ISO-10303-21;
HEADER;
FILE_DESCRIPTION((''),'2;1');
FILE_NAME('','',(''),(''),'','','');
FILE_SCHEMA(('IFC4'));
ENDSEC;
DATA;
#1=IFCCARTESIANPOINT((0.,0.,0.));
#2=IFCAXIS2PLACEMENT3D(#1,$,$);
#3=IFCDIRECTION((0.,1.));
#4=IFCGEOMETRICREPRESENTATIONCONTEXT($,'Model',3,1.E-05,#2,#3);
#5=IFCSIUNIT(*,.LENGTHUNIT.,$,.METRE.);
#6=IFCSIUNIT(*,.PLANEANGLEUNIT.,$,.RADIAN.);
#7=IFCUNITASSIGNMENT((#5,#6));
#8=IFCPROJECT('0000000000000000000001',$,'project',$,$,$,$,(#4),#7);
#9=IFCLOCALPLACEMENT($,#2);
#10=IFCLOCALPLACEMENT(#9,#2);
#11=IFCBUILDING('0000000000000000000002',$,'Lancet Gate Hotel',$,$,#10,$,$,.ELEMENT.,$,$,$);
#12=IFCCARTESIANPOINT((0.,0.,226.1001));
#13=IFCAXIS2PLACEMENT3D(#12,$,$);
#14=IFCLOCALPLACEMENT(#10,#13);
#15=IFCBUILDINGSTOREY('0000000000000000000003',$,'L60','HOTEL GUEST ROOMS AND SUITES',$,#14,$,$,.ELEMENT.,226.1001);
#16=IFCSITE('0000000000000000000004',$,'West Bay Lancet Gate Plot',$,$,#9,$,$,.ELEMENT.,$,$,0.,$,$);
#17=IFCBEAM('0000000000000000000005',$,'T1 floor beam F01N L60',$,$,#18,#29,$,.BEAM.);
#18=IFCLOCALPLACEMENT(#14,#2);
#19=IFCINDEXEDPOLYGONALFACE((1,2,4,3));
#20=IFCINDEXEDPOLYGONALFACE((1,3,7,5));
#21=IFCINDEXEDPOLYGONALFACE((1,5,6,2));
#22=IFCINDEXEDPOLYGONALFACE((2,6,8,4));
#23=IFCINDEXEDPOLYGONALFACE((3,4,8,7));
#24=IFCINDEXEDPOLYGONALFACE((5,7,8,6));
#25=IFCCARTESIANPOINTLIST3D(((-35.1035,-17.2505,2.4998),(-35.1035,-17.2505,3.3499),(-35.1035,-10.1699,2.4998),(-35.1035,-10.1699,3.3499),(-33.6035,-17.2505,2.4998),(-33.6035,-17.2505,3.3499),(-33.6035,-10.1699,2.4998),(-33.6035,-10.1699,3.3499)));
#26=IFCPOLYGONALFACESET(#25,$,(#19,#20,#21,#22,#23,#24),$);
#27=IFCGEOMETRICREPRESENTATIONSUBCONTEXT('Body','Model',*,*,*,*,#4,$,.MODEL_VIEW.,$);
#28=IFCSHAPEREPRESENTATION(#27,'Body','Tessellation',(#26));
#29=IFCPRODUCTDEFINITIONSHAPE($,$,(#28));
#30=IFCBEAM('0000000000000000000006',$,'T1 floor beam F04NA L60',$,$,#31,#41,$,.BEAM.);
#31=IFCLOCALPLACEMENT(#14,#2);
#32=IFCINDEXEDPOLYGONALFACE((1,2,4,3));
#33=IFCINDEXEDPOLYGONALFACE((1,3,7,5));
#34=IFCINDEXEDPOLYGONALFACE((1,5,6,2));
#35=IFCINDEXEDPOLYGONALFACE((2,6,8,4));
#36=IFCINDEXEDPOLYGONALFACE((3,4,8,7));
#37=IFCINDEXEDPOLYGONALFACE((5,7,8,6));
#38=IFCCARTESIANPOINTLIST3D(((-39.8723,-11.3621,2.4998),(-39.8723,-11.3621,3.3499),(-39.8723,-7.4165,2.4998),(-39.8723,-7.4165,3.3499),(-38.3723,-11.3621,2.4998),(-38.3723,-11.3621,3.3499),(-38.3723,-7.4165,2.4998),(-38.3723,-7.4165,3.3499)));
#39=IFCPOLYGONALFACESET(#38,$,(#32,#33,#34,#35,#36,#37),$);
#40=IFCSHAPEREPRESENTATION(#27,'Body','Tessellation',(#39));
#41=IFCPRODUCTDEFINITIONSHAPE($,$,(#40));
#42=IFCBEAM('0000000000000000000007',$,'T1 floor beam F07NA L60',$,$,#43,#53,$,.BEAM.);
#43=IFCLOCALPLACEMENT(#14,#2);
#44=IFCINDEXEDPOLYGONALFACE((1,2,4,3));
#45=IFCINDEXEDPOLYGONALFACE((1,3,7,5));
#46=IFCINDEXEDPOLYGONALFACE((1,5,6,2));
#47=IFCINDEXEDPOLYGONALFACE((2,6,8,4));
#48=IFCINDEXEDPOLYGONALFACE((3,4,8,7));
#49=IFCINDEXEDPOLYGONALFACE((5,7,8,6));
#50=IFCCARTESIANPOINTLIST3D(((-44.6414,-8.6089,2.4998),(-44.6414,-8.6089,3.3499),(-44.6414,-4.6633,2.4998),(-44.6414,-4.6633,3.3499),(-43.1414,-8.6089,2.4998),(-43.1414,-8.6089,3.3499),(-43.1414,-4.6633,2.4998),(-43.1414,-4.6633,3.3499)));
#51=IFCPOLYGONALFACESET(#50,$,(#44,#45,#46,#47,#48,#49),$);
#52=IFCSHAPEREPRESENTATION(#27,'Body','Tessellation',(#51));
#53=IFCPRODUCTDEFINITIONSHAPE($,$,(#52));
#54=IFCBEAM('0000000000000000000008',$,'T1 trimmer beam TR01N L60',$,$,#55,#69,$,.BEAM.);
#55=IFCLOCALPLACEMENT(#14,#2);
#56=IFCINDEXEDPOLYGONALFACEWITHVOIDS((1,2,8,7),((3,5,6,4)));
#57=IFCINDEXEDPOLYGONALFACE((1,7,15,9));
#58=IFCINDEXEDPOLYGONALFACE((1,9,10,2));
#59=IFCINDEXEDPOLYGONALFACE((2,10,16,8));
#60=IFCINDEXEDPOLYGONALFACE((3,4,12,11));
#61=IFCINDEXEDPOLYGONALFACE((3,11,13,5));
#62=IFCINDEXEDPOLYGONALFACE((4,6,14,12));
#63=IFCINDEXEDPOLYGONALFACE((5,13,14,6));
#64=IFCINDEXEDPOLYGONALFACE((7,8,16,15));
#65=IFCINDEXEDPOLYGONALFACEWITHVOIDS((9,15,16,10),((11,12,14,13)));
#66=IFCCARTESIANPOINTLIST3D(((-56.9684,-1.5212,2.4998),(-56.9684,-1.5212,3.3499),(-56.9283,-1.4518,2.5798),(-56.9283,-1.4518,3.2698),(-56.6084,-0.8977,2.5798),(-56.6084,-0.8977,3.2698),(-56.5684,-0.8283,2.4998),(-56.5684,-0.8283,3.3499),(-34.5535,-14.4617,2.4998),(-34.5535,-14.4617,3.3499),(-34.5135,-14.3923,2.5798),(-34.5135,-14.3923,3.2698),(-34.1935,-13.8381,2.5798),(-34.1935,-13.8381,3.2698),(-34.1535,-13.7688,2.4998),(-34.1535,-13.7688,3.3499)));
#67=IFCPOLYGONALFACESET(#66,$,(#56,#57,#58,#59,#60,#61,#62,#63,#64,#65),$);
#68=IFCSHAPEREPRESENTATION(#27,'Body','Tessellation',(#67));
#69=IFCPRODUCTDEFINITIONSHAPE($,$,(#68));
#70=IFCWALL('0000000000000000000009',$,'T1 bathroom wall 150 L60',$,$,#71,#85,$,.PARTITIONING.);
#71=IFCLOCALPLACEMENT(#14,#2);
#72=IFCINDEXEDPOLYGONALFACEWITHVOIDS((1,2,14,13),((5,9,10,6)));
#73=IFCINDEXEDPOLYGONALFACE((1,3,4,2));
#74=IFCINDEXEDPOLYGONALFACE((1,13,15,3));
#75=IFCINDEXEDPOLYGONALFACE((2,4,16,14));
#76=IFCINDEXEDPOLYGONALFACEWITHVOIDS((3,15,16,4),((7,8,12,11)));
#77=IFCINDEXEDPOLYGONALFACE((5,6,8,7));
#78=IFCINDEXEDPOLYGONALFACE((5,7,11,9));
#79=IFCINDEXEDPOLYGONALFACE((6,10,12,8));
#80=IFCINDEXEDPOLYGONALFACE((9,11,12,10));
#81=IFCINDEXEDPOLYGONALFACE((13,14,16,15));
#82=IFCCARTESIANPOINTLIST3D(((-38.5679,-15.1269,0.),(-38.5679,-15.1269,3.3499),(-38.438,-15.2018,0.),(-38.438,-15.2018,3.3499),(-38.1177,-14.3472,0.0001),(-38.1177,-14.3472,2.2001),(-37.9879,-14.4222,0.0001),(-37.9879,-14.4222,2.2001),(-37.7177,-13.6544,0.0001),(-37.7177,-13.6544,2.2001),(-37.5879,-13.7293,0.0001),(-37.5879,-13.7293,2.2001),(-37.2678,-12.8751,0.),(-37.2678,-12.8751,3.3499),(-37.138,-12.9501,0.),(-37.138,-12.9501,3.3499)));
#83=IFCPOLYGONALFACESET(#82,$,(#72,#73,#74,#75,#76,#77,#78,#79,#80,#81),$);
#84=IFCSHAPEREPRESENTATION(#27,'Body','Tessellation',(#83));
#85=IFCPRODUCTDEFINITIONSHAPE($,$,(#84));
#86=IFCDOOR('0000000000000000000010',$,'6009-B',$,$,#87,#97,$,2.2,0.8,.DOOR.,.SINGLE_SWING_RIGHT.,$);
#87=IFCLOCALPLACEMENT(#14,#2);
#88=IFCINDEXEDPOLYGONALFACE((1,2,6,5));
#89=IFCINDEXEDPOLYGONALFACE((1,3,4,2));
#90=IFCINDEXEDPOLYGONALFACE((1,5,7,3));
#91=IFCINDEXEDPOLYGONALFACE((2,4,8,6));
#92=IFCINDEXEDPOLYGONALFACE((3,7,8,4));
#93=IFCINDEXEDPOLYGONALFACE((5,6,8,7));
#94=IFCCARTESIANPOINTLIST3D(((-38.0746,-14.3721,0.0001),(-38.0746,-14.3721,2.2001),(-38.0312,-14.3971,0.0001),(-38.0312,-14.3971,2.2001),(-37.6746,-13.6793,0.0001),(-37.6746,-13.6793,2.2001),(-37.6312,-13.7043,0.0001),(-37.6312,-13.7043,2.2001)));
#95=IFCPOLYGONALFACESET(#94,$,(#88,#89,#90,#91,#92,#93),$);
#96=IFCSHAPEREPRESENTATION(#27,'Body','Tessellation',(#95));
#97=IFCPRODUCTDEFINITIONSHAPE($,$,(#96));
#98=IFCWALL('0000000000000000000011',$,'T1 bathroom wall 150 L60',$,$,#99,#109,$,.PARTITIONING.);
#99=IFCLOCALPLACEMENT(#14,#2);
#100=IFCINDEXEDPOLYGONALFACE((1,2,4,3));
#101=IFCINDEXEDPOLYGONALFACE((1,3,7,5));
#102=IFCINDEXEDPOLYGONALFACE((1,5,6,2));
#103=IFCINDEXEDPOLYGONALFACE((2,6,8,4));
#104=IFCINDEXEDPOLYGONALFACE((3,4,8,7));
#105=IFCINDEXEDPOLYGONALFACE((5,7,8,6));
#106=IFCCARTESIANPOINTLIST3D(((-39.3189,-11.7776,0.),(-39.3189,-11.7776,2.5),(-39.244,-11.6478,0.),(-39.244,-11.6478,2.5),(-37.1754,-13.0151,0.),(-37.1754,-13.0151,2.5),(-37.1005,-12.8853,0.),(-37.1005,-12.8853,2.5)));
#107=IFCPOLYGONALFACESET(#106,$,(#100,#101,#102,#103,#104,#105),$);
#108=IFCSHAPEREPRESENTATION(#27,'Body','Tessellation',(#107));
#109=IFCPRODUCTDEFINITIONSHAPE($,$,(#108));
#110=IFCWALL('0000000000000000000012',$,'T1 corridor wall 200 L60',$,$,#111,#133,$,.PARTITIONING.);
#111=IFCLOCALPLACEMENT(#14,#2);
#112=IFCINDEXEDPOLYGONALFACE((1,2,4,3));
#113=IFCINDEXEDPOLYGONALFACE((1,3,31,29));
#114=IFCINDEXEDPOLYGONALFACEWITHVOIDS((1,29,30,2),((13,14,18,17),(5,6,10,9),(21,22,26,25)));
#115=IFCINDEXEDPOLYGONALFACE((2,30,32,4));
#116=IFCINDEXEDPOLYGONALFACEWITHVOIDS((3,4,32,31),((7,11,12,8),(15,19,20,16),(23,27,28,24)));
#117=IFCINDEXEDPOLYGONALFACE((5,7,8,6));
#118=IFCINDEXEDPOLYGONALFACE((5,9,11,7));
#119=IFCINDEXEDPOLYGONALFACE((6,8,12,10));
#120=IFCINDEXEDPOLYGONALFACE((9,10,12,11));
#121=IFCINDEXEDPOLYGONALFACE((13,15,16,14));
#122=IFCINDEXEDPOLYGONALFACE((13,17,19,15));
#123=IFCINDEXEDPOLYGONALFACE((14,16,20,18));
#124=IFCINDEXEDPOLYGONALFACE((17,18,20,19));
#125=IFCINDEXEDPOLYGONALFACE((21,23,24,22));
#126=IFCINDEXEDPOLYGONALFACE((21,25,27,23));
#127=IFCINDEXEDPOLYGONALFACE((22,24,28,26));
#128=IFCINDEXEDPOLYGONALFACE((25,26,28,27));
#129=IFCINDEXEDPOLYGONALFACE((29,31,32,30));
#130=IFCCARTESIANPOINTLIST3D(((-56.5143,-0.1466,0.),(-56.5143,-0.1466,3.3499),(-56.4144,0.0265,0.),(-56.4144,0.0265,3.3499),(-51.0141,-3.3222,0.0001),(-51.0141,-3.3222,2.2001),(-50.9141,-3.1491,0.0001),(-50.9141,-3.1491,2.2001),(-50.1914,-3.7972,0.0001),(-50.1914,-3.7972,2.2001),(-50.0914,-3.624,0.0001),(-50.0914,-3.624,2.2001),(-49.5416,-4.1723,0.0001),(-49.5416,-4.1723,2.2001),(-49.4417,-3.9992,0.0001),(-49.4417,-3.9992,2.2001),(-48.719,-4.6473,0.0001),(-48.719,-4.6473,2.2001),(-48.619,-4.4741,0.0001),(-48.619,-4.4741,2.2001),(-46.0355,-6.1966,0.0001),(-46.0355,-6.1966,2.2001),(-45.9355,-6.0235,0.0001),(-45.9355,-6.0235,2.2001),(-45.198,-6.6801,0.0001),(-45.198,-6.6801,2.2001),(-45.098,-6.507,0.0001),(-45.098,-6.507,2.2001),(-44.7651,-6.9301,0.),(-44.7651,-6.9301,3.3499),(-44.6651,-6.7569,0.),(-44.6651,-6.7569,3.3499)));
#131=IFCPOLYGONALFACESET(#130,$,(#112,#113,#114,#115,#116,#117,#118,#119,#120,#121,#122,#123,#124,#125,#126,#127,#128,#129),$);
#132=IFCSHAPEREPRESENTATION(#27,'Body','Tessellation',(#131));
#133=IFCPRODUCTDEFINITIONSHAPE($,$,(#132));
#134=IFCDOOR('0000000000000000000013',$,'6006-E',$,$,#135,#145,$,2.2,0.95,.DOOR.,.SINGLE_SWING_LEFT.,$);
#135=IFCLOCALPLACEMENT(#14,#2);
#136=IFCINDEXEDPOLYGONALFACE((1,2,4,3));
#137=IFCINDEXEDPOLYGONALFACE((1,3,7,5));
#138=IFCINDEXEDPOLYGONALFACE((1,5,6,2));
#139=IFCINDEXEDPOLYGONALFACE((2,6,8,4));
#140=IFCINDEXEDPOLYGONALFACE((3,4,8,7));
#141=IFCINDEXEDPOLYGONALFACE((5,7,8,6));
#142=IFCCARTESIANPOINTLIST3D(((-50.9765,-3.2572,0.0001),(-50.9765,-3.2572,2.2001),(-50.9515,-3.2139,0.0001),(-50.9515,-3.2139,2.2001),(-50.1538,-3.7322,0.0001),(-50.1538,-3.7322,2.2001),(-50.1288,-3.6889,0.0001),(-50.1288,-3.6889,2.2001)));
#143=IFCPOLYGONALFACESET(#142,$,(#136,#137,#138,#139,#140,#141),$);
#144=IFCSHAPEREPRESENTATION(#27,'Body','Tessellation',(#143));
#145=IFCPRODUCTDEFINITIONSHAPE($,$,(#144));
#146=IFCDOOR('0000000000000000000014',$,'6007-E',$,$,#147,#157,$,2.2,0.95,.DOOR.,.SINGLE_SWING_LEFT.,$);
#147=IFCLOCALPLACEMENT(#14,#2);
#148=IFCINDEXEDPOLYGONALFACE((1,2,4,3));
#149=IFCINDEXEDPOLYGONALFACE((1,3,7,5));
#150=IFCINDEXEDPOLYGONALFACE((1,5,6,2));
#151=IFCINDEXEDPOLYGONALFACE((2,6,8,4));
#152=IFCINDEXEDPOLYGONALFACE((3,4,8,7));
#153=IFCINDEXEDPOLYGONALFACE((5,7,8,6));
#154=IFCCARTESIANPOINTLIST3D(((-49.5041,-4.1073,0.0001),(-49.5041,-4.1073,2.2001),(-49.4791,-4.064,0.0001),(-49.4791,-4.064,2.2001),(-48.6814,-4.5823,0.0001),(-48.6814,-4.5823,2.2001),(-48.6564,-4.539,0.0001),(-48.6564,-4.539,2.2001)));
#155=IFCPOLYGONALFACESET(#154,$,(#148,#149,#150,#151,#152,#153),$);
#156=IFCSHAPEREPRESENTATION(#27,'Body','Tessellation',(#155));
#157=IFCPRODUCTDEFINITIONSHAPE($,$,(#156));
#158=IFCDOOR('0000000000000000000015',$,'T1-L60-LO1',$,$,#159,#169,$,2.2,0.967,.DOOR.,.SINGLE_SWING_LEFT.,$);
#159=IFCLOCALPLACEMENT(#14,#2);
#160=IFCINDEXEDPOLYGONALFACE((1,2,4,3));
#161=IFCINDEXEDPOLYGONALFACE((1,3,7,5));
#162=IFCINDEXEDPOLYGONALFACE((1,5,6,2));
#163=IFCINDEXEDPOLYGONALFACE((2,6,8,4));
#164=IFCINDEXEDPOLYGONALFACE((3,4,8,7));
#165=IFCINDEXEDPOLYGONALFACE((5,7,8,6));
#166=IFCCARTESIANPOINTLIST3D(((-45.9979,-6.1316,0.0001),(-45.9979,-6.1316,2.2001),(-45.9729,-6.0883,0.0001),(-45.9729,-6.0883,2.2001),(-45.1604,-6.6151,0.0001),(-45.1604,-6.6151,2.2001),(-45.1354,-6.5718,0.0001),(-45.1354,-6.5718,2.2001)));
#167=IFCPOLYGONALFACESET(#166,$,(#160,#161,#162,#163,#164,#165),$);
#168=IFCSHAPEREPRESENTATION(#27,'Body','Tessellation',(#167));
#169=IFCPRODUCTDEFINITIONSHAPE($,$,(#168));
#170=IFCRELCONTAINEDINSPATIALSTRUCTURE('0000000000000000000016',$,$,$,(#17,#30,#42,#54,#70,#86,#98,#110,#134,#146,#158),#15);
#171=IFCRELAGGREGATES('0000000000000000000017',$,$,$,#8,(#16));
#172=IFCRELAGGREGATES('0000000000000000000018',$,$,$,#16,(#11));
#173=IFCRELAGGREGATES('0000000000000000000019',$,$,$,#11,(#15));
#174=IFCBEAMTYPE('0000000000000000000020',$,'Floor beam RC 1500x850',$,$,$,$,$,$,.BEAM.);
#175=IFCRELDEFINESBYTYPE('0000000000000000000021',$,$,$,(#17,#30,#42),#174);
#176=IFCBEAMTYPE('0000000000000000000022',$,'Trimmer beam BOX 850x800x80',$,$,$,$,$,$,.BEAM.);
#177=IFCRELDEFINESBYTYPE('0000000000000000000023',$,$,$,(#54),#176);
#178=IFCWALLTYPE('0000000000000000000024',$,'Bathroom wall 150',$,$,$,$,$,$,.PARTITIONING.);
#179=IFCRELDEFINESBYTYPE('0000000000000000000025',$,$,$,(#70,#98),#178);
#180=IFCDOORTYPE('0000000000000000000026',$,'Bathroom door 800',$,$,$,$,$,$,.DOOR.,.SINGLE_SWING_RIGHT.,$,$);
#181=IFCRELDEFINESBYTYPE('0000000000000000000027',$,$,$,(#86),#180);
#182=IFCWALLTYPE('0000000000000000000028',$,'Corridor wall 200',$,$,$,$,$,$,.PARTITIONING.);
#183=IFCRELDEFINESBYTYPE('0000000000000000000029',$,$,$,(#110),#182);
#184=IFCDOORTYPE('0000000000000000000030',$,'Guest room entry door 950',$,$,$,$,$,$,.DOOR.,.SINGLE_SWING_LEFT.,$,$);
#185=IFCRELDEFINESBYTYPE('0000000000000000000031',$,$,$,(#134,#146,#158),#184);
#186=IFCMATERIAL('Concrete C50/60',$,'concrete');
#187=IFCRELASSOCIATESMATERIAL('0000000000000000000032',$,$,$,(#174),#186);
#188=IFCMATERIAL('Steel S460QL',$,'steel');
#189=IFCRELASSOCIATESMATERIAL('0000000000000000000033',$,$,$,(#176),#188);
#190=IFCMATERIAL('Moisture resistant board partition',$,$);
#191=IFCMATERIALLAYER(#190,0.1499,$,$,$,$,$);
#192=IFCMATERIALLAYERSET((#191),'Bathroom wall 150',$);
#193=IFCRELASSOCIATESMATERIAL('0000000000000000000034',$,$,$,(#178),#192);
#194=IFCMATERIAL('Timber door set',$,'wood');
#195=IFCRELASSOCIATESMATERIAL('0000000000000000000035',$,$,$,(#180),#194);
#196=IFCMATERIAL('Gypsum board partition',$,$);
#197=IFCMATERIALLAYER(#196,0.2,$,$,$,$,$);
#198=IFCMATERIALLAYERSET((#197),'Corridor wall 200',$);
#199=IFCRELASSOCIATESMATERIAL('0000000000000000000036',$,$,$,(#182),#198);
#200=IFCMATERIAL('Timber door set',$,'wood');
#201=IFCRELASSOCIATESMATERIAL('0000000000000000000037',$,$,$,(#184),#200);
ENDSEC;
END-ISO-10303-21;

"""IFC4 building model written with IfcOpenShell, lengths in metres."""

from ifc_helpers import new_model, si_unit, direction, frame, frame_2d, origin, origin_2d, place, context, subcontext, project, spatial, rectangle, hollow_rectangle, extrude, material, layer, layer_set, material_profile, profile_set, type_object, element, fill, save


model = new_model("IFC4")

# Units and contexts
model_context = context("Model", 3, precision=1e-05, world=origin(), true_north=direction((0.0, 1.0)))
body_context = subcontext(model_context, "Body", "Model", "MODEL_VIEW")
ifc_project = project(units=[si_unit("LENGTHUNIT", "METRE"), si_unit("PLANEANGLEUNIT", "RADIAN")], contexts=[model_context])

# Site, building, storey
site_placement = place(None, origin())
site = spatial("IfcSite", under=ifc_project, at=site_placement, Name="West Bay Lancet Gate Plot", CompositionType="ELEMENT", RefElevation=0.0)
building_placement = place(site_placement, origin())
building = spatial("IfcBuilding", under=site, at=building_placement, Name="Lancet Gate Hotel", CompositionType="ELEMENT")
storey_placement = place(building_placement, frame((0.0, 0.0, 226.1001)))
storey = spatial("IfcBuildingStorey", under=building, at=storey_placement, Name="L60", Description="HOTEL GUEST ROOMS AND SUITES", CompositionType="ELEMENT", Elevation=226.1001)

# Beams
ifc_material_1 = material(Name="Concrete C50/60", Category="concrete")
ifc_material_profile_1 = material_profile(ifc_material_1, rectangle(XDim=1.5, YDim=0.8501, at=origin_2d()), Name="RC 1500x850")
ifc_profile_set_1 = profile_set([ifc_material_profile_1], Name="Concrete C50/60")
beam_type_1 = type_object("IfcBeamType", Name="Floor beam RC 1500x850", PredefinedType="BEAM", material=ifc_profile_set_1)
beam_1_placement = place(storey_placement, frame((-34.3535, -10.1699, 2.9248), z_axis=(0.0, -1.0, 0.0), x_axis=(1.0, 0.0, 0.0)))
element("IfcBeam", 1, at=beam_1_placement, inside=storey, type_object=beam_type_1, Name="T1 floor beam F01N L60", PredefinedType="BEAM", context=body_context, shape_type="SweptSolid", body=[
    extrude(rectangle(XDim=1.5, YDim=0.8501, at=origin_2d()), origin(), (0.0, 0.0, 1.0), 7.0806),
])
for number, where, z_axis, x_axis, name in (
    (2, (-39.1223, -7.4165, 2.9248), (0.0, -1.0, 0.0), (1.0, 0.0, 0.0), "T1 floor beam F04NA L60"),
    (3, (-43.8914, -4.6633, 2.9248), (0.0, -1.0, 0.0), (1.0, 0.0, 0.0), "T1 floor beam F07NA L60"),
):
    element("IfcBeam", number, at=place(storey_placement, frame(where, z_axis=z_axis, x_axis=x_axis)), inside=storey, type_object=beam_type_1, Name=name, PredefinedType="BEAM", context=body_context, shape_type="SweptSolid", body=[
        extrude(rectangle(XDim=1.5, YDim=0.8501, at=origin_2d()), origin(), (0.0, 0.0, 1.0), 3.9456),
    ])
ifc_material_2 = material(Name="Steel S460QL", Category="steel")
ifc_material_profile_2 = material_profile(ifc_material_2, hollow_rectangle(XDim=0.8, YDim=0.8501, WallThickness=0.0801, at=origin_2d()), Name="BOX 850x800x80")
ifc_profile_set_2 = profile_set([ifc_material_profile_2], Name="Steel S460QL")
beam_type_2 = type_object("IfcBeamType", Name="Trimmer beam BOX 850x800x80", PredefinedType="BEAM", material=ifc_profile_set_2)
beam_2_placement = place(storey_placement, frame((-34.3535, -14.1152, 2.9248), z_axis=(-0.866038, 0.499978, 0.0), x_axis=(-0.499978, -0.866038, 0.0)))
element("IfcBeam", 4, at=beam_2_placement, inside=storey, type_object=beam_type_2, Name="T1 trimmer beam TR01N L60", PredefinedType="BEAM", context=body_context, shape_type="SweptSolid", body=[
    extrude(hollow_rectangle(XDim=0.8, YDim=0.8501, WallThickness=0.0801, at=origin_2d()), origin(), (0.0, 0.0, 1.0), 25.8821),
])

# Wall, opening, door
ifc_material_3 = material(Name="Moisture resistant board partition")
ifc_layer_1 = layer(ifc_material_3, 0.1499)
ifc_layer_set_1 = layer_set([ifc_layer_1], Name="Bathroom wall 150")
wall_type_1 = type_object("IfcWallType", Name="Bathroom wall 150", PredefinedType="PARTITIONING", material=ifc_layer_set_1)
wall_1_placement = place(storey_placement, frame((-37.2029, -12.9126, 0.0), z_axis=(0.0, 0.0, 1.0), x_axis=(-0.500007, -0.866021, 0.0)))
wall_1 = element("IfcWall", 5, at=wall_1_placement, inside=storey, type_object=wall_type_1, Name="T1 bathroom wall 150 L60", PredefinedType="PARTITIONING", context=body_context, shape_type="SweptSolid", body=[
    extrude(rectangle(XDim=2.6001, YDim=0.1499, at=frame_2d((1.3, 0.0))), origin(), (0.0, 0.0, 1.0), 3.3499),
])
opening_1_placement = place(wall_1_placement, frame((0.8999, 0.0, 0.0)))
opening_1 = element("IfcOpeningElement", 6, at=opening_1_placement, cuts=wall_1, PredefinedType="OPENING", context=body_context, shape_type="SweptSolid", body=[
    extrude(rectangle(XDim=0.8, YDim=2.2, at=frame_2d((0.3999, 1.1001))), frame((0.0, 0.085, 0.0), z_axis=(0.0, -1.0, 0.0), x_axis=(1.0, 0.0, 0.0)), (0.0, 0.0, 1.0), 0.1699),
])
ifc_material_4 = material(Name="Timber door set", Category="wood")
door_type_1 = type_object("IfcDoorType", Name="Bathroom door 800", OperationType="SINGLE_SWING_RIGHT", PredefinedType="DOOR", material=ifc_material_4)
door_1_placement = place(opening_1_placement, origin())
door_1 = element("IfcDoor", 7, at=door_1_placement, inside=storey, type_object=door_type_1, Name="6009-B", OperationType="SINGLE_SWING_RIGHT", OverallHeight=2.2, OverallWidth=0.8, PredefinedType="DOOR", context=body_context, shape_type="SweptSolid", body=[
    extrude(rectangle(XDim=0.8, YDim=2.2, at=frame_2d((0.3999, 1.1001))), frame((0.0, 0.0249, 0.0), z_axis=(0.0, -1.0, 0.0), x_axis=(1.0, 0.0, 0.0)), (0.0, 0.0, 1.0), 0.05),
])
fill(opening_1, door_1)

# Wall
wall_2_placement = place(storey_placement, frame((-37.1379, -12.9502, 0.0), z_axis=(0.0, 0.0, 1.0), x_axis=(-0.866031, 0.49999, 0.0)))
element("IfcWall", 8, at=wall_2_placement, inside=storey, type_object=wall_type_1, Name="T1 bathroom wall 150 L60", PredefinedType="PARTITIONING", context=body_context, shape_type="SweptSolid", body=[
    extrude(rectangle(XDim=2.4751, YDim=0.1499, at=frame_2d((1.2375, 0.0))), origin(), (0.0, 0.0, 1.0), 2.5),
])

# Wall, openings, doors
ifc_material_5 = material(Name="Gypsum board partition")
ifc_layer_2 = layer(ifc_material_5, 0.2)
ifc_layer_set_2 = layer_set([ifc_layer_2], Name="Corridor wall 200")
wall_type_2 = type_object("IfcWallType", Name="Corridor wall 200", PredefinedType="PARTITIONING", material=ifc_layer_set_2)
wall_3_placement = place(storey_placement, frame((-44.7151, -6.8435, 0.0), z_axis=(0.0, 0.0, 1.0), x_axis=(-0.866025, 0.5, 0.0)))
wall_3 = element("IfcWall", 9, at=wall_3_placement, inside=storey, type_object=wall_type_2, Name="T1 corridor wall 200 L60", PredefinedType="PARTITIONING", context=body_context, shape_type="SweptSolid", body=[
    extrude(rectangle(XDim=13.5669, YDim=0.2, at=frame_2d((6.7834, 0.0))), origin(), (0.0, 0.0, 1.0), 3.3499),
])
opening_2_placement = place(wall_3_placement, frame((6.2656, 0.0, 0.0)))
opening_2 = element("IfcOpeningElement", 10, at=opening_2_placement, cuts=wall_3, PredefinedType="OPENING", context=body_context, shape_type="SweptSolid", body=[
    extrude(rectangle(XDim=0.95, YDim=2.2, at=frame_2d((0.4751, 1.1001))), frame((0.0, 0.1099, 0.0), z_axis=(0.0, -1.0, 0.0), x_axis=(1.0, 0.0, 0.0)), (0.0, 0.0, 1.0), 0.22),
])
opening_3_placement = place(wall_3_placement, frame((4.5654, 0.0, 0.0)))
opening_3 = element("IfcOpeningElement", 11, at=opening_3_placement, cuts=wall_3, PredefinedType="OPENING", context=body_context, shape_type="SweptSolid", body=[
    extrude(rectangle(XDim=0.95, YDim=2.2, at=frame_2d((0.4751, 1.1001))), frame((0.0, 0.1099, 0.0), z_axis=(0.0, -1.0, 0.0), x_axis=(1.0, 0.0, 0.0)), (0.0, 0.0, 1.0), 0.22),
])
opening_4_placement = place(wall_3_placement, frame((0.5, 0.0, 0.0)))
opening_4 = element("IfcOpeningElement", 12, at=opening_4_placement, cuts=wall_3, PredefinedType="OPENING", context=body_context, shape_type="SweptSolid", body=[
    extrude(rectangle(XDim=0.967, YDim=2.2, at=frame_2d((0.4834, 1.1001))), frame((0.0, 0.1099, 0.0), z_axis=(0.0, -1.0, 0.0), x_axis=(1.0, 0.0, 0.0)), (0.0, 0.0, 1.0), 0.22),
])
ifc_material_6 = material(Name="Timber door set", Category="wood")
door_type_2 = type_object("IfcDoorType", Name="Guest room entry door 950", OperationType="SINGLE_SWING_LEFT", PredefinedType="DOOR", material=ifc_material_6)
door_2_placement = place(opening_2_placement, origin())
door_2 = element("IfcDoor", 13, at=door_2_placement, inside=storey, type_object=door_type_2, Name="6006-E", OperationType="SINGLE_SWING_LEFT", OverallHeight=2.2, OverallWidth=0.95, PredefinedType="DOOR", context=body_context, shape_type="SweptSolid", body=[
    extrude(rectangle(XDim=0.95, YDim=2.2, at=frame_2d((0.4751, 1.1001))), frame((0.0, 0.0249, 0.0), z_axis=(0.0, -1.0, 0.0), x_axis=(1.0, 0.0, 0.0)), (0.0, 0.0, 1.0), 0.05),
])
fill(opening_2, door_2)
door_3_placement = place(opening_3_placement, origin())
door_3 = element("IfcDoor", 14, at=door_3_placement, inside=storey, type_object=door_type_2, Name="6007-E", OperationType="SINGLE_SWING_LEFT", OverallHeight=2.2, OverallWidth=0.95, PredefinedType="DOOR", context=body_context, shape_type="SweptSolid", body=[
    extrude(rectangle(XDim=0.95, YDim=2.2, at=frame_2d((0.4751, 1.1001))), frame((0.0, 0.0249, 0.0), z_axis=(0.0, -1.0, 0.0), x_axis=(1.0, 0.0, 0.0)), (0.0, 0.0, 1.0), 0.05),
])
fill(opening_3, door_3)
door_4_placement = place(opening_4_placement, origin())
door_4 = element("IfcDoor", 15, at=door_4_placement, inside=storey, type_object=door_type_2, Name="T1-L60-LO1", OperationType="SINGLE_SWING_LEFT", OverallHeight=2.2, OverallWidth=0.967, PredefinedType="DOOR", context=body_context, shape_type="SweptSolid", body=[
    extrude(rectangle(XDim=0.967, YDim=2.2, at=frame_2d((0.4834, 1.1001))), frame((0.0, 0.0249, 0.0), z_axis=(0.0, -1.0, 0.0), x_axis=(1.0, 0.0, 0.0)), (0.0, 0.0, 1.0), 0.05),
])
fill(opening_4, door_4)

save(model, "model.ifc")
